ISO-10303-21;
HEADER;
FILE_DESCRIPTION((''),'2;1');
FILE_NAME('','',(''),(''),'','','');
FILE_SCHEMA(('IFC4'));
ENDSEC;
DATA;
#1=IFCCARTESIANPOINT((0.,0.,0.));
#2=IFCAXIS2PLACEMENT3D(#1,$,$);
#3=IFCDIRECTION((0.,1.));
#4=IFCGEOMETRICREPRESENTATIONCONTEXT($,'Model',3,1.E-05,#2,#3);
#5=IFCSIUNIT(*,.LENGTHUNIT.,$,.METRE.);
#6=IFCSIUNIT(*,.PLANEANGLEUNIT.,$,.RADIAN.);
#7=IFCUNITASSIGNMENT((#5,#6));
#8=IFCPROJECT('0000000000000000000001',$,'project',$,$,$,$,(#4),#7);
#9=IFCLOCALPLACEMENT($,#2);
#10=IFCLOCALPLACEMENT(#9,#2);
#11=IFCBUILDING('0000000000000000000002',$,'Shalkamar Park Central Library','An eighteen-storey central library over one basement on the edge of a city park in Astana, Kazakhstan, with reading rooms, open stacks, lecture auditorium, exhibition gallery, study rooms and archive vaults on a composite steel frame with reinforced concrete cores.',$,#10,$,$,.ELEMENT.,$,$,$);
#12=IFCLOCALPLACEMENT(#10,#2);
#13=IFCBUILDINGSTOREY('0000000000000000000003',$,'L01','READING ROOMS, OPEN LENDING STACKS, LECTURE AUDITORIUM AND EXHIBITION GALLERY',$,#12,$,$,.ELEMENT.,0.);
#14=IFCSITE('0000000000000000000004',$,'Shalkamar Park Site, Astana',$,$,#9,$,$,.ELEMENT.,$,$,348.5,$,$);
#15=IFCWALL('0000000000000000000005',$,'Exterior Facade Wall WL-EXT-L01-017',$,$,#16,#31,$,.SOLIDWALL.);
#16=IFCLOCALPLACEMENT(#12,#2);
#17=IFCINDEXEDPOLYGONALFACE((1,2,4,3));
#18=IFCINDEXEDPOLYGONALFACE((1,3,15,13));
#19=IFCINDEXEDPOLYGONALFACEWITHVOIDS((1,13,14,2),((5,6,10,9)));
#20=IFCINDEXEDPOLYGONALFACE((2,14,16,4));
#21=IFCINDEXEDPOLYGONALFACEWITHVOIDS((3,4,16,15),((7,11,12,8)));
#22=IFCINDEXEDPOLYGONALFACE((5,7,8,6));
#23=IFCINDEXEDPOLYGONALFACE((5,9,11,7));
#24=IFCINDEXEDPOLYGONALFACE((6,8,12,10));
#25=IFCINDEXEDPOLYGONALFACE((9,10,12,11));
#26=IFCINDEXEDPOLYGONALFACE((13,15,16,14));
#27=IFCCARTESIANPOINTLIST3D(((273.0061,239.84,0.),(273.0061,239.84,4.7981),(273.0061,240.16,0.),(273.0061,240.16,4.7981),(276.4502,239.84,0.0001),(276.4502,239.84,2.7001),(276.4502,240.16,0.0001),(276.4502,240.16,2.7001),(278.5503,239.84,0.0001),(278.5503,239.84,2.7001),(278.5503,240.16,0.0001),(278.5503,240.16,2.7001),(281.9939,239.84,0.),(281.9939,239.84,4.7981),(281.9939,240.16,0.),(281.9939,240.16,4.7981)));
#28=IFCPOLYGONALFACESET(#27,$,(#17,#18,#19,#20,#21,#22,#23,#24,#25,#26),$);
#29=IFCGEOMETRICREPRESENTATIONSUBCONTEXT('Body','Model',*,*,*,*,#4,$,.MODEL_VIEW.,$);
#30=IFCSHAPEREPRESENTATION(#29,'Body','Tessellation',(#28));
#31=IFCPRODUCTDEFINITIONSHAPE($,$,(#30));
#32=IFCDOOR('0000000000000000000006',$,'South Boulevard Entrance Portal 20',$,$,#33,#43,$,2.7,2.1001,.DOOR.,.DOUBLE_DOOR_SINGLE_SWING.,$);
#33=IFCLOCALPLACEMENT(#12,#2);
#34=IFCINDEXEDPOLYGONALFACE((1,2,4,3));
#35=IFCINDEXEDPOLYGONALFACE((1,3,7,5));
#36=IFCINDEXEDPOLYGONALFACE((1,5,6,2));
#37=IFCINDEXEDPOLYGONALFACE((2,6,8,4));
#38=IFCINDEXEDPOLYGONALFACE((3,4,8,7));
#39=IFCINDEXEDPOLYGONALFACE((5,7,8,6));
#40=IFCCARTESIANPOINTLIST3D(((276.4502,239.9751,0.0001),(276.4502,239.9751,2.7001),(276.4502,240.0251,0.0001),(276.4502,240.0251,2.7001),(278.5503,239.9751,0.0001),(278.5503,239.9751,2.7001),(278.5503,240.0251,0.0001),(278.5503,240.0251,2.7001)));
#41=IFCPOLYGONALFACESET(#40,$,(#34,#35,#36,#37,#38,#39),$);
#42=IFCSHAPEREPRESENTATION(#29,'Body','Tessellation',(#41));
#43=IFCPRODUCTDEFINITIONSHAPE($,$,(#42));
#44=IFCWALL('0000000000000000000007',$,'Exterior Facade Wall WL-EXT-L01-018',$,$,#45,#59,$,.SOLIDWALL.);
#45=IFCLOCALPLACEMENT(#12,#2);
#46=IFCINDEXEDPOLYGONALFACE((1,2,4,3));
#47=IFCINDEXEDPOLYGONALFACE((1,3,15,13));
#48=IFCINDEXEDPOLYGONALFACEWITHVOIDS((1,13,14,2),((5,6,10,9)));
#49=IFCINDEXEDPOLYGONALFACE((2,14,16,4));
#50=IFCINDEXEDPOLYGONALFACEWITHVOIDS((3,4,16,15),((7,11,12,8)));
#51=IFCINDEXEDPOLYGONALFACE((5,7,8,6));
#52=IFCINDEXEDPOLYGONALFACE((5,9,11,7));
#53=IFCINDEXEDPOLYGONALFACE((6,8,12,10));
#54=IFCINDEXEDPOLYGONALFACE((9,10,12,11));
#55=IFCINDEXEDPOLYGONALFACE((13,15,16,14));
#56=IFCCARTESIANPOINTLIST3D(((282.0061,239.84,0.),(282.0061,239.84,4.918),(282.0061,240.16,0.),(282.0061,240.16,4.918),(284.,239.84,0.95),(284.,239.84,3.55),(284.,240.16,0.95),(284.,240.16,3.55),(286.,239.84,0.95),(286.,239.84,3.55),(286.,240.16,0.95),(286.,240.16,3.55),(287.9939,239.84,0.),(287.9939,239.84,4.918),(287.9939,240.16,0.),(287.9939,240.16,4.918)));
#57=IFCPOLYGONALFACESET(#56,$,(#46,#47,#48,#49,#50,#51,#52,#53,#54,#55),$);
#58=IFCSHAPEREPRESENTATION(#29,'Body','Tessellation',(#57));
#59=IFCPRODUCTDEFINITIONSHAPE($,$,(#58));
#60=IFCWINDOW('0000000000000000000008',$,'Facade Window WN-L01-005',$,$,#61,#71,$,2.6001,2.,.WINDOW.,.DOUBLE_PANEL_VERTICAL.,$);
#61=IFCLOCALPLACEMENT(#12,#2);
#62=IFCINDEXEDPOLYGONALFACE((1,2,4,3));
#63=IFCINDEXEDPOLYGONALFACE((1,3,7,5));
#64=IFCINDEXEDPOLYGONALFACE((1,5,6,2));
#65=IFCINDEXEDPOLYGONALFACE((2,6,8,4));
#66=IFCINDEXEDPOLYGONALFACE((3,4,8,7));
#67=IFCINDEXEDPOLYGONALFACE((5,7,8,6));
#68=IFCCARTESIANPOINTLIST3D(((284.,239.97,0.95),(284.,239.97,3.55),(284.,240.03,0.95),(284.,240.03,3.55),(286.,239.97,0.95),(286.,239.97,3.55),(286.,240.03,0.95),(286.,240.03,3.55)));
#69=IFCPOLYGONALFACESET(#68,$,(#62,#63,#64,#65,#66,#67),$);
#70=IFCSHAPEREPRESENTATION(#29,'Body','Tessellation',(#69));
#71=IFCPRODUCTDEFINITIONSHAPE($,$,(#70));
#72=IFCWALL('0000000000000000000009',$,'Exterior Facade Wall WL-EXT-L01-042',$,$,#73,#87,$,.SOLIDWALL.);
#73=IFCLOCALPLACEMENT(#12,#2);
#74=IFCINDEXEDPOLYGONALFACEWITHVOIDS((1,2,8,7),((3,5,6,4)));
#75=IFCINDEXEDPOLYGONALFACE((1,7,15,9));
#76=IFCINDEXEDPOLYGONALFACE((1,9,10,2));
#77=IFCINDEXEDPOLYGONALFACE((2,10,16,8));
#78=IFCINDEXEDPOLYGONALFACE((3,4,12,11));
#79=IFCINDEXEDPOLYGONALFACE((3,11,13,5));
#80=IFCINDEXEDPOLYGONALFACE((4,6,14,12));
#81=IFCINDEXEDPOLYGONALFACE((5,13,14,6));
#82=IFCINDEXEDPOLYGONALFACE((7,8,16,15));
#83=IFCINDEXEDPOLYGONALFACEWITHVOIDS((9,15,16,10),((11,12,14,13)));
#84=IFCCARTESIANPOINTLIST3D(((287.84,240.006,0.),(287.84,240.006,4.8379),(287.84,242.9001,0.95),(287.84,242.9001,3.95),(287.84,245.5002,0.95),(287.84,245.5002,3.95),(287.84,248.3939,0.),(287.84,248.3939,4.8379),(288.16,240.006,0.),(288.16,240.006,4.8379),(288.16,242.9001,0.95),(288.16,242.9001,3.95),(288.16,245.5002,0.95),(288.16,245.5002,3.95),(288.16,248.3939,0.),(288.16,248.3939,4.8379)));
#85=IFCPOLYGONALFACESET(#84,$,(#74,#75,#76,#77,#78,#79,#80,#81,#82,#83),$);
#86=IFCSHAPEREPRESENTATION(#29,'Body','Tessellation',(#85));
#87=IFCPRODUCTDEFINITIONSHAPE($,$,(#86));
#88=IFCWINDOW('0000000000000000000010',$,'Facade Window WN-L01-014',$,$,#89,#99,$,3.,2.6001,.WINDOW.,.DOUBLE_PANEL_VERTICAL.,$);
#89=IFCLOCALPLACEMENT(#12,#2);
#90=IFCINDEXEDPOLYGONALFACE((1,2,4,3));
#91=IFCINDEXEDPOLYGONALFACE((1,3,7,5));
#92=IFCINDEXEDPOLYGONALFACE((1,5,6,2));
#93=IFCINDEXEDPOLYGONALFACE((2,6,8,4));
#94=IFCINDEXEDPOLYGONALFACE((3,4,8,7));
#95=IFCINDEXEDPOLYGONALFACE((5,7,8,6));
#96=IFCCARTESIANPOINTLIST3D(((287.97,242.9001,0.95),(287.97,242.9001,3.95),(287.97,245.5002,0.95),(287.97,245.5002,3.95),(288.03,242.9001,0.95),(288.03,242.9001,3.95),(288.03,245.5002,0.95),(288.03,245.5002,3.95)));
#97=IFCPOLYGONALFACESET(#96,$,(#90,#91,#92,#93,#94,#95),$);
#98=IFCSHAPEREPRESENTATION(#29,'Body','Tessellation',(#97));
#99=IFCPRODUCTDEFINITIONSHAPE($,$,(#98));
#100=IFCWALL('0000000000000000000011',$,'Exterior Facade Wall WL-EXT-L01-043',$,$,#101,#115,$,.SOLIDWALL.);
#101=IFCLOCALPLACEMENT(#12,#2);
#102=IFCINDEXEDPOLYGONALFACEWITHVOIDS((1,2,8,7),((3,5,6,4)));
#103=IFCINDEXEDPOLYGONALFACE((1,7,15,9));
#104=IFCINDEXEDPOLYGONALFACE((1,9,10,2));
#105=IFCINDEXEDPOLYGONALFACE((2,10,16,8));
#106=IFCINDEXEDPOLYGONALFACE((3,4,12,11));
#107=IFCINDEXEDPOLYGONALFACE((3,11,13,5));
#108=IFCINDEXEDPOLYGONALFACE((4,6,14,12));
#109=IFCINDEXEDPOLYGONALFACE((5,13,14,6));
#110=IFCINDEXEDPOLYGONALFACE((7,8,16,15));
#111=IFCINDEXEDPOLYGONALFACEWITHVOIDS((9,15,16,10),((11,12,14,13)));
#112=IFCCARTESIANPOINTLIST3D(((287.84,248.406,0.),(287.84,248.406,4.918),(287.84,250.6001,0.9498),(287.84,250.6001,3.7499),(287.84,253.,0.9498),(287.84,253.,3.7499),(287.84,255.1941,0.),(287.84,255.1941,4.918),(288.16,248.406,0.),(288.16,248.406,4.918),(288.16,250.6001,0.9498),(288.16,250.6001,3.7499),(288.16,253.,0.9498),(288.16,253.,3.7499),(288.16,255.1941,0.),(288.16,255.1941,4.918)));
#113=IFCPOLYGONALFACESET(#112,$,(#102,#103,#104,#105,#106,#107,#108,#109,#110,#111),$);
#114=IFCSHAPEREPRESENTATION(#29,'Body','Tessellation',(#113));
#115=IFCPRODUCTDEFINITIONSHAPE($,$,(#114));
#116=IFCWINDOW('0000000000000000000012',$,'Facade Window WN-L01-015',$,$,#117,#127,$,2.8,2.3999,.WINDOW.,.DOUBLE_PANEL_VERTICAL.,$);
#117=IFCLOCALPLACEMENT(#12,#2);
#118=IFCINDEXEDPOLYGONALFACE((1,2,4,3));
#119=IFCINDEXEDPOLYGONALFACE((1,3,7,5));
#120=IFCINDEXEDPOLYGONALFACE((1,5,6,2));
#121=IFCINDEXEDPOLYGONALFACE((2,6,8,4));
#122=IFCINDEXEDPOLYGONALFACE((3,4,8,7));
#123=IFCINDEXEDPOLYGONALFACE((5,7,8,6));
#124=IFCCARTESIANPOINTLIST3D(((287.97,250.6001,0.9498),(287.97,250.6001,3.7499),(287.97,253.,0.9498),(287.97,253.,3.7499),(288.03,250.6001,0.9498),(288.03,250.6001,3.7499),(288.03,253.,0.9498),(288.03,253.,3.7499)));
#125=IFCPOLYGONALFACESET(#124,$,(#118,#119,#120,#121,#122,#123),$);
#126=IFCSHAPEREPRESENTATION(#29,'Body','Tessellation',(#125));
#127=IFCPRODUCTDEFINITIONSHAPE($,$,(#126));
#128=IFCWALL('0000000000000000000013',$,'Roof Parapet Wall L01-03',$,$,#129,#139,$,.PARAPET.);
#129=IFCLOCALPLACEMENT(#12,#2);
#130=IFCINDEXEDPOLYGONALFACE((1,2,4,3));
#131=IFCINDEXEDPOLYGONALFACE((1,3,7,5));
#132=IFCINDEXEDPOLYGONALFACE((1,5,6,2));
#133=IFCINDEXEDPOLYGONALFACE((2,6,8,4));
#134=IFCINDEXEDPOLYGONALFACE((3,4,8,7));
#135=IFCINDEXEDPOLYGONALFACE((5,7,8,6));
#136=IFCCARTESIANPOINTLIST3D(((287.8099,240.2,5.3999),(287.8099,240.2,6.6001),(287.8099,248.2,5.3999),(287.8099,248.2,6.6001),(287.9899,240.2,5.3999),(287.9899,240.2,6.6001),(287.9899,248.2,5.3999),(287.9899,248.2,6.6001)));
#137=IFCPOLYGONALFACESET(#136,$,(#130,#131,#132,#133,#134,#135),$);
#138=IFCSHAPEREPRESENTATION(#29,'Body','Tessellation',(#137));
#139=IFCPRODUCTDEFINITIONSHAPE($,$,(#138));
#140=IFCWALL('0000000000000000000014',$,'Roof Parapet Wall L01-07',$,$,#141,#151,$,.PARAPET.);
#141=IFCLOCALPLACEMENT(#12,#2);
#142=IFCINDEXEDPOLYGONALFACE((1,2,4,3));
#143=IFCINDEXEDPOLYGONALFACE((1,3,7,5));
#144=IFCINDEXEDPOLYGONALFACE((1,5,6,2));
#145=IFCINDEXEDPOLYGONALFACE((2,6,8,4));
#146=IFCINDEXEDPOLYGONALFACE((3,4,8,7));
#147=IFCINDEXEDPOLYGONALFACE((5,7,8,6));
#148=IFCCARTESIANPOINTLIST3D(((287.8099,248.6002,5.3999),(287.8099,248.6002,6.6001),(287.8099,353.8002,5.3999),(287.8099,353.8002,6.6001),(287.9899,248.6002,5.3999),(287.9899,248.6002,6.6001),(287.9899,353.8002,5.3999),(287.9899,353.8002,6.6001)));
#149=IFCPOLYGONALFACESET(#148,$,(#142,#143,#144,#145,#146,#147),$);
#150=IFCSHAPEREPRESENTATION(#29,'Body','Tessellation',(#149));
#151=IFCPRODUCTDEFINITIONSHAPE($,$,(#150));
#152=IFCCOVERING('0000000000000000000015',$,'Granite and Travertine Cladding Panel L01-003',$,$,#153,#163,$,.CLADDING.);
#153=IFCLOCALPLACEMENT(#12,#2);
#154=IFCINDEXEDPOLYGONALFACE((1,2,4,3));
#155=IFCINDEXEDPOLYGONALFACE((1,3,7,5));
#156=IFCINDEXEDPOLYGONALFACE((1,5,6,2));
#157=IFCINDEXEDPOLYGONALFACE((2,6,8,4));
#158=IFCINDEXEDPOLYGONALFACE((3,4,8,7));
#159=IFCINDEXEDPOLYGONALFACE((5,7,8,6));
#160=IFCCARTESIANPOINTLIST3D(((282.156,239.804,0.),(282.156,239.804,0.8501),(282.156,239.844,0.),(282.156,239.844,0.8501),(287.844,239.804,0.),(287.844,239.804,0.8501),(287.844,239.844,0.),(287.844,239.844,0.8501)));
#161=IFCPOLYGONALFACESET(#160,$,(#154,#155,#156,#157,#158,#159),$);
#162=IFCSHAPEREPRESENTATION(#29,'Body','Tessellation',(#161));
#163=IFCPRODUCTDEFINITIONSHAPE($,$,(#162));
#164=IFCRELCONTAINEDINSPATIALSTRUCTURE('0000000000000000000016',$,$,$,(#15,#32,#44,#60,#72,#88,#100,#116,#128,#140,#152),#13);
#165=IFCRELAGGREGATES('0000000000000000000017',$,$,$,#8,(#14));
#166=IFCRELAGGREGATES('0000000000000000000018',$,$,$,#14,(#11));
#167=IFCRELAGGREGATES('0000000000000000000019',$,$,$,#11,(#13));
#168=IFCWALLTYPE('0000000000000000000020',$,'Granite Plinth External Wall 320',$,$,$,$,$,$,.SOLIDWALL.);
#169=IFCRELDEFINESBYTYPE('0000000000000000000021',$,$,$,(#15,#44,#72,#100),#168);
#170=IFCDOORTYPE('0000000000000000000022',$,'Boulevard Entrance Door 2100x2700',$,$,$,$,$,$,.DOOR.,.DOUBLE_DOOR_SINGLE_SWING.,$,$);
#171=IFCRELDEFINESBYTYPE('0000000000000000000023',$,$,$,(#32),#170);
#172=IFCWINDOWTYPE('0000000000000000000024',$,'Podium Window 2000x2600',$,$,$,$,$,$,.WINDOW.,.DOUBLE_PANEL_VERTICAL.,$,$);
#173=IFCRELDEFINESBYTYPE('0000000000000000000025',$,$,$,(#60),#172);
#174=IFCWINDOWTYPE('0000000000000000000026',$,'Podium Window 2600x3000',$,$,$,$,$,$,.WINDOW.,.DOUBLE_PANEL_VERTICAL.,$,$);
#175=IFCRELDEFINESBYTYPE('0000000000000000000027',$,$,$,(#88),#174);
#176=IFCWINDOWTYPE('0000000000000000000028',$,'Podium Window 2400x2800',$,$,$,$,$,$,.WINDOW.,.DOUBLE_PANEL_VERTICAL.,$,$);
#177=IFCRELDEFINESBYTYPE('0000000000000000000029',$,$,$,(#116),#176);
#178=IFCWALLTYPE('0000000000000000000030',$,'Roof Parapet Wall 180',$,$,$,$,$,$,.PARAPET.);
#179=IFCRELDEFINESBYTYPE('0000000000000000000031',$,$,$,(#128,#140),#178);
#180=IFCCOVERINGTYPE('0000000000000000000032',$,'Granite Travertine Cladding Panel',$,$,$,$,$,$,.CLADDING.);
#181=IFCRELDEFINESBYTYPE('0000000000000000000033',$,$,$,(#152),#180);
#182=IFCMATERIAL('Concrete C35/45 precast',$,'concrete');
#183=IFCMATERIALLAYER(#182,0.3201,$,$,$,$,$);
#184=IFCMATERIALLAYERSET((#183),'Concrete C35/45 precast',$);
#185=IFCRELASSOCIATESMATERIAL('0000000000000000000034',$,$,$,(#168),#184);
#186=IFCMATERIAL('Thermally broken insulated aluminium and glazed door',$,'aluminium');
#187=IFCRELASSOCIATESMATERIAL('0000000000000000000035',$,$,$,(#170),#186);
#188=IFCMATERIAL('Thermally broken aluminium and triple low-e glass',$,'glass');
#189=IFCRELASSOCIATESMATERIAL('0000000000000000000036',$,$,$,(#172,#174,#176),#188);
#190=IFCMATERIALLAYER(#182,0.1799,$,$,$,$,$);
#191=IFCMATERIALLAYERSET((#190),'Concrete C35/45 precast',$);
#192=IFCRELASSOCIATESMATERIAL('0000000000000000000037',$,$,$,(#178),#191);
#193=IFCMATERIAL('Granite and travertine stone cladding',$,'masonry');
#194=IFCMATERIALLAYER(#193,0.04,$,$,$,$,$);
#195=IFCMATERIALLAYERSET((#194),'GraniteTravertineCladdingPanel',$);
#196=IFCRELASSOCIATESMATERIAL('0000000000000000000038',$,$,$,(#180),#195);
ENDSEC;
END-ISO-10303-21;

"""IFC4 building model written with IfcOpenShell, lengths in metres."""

from ifc_helpers import new_model, si_unit, direction, frame, frame_2d, origin, origin_2d, place, context, subcontext, project, spatial, rectangle, extrude, material, layer, layer_set, type_object, element, fill, save


model = new_model("IFC4")

# Units and contexts
model_context = context("Model", 3, precision=1e-05, world=origin(), true_north=direction((0.0, 1.0)))
body_context = subcontext(model_context, "Body", "Model", "MODEL_VIEW")
ifc_project = project(units=[si_unit("LENGTHUNIT", "METRE"), si_unit("PLANEANGLEUNIT", "RADIAN")], contexts=[model_context])

# Site, building, storey
site_placement = place(None, origin())
site = spatial("IfcSite", under=ifc_project, at=site_placement, Name="Shalkamar Park Site, Astana", CompositionType="ELEMENT", RefElevation=348.5)
building_placement = place(site_placement, origin())
building = spatial("IfcBuilding", under=site, at=building_placement, Name="Shalkamar Park Central Library", Description="An eighteen-storey central library over one basement on the edge of a city park in Astana, Kazakhstan, with reading rooms, open stacks, lecture auditorium, exhibition gallery, study rooms and archive vaults on a composite steel frame with reinforced concrete cores.", CompositionType="ELEMENT")
storey_placement = place(building_placement, origin())
storey = spatial("IfcBuildingStorey", under=building, at=storey_placement, Name="L01", Description="READING ROOMS, OPEN LENDING STACKS, LECTURE AUDITORIUM AND EXHIBITION GALLERY", CompositionType="ELEMENT", Elevation=0.0)

# Wall, opening, door
ifc_material_1 = material(Name="Concrete C35/45 precast", Category="concrete")
ifc_layer_1 = layer(ifc_material_1, 0.3201)
ifc_layer_set_1 = layer_set([ifc_layer_1], Name="Concrete C35/45 precast")
wall_type_1 = type_object("IfcWallType", Name="Granite Plinth External Wall 320", PredefinedType="SOLIDWALL", material=ifc_layer_set_1)
wall_1_placement = place(storey_placement, frame((273.0061, 240.0, 0.0), z_axis=(0.0, 0.0, 1.0), x_axis=(1.0, 0.0, 0.0)))
wall_1 = element("IfcWall", 1, at=wall_1_placement, inside=storey, type_object=wall_type_1, Name="Exterior Facade Wall WL-EXT-L01-017", PredefinedType="SOLIDWALL", context=body_context, shape_type="SweptSolid", body=[
    extrude(rectangle(XDim=8.9878, YDim=0.3201, at=frame_2d((4.4939, 0.0))), origin(), (0.0, 0.0, 1.0), 4.7981),
])
opening_1_placement = place(wall_1_placement, frame((3.4441, 0.0, 0.0)))
opening_1 = element("IfcOpeningElement", 2, at=opening_1_placement, cuts=wall_1, PredefinedType="OPENING", context=body_context, shape_type="SweptSolid", body=[
    extrude(rectangle(XDim=2.1001, YDim=2.7, at=frame_2d((1.05, 1.3501))), frame((0.0, 0.1748, 0.0), z_axis=(0.0, -1.0, 0.0), x_axis=(1.0, 0.0, 0.0)), (0.0, 0.0, 1.0), 0.3499),
])
ifc_material_2 = material(Name="Thermally broken insulated aluminium and glazed door", Category="aluminium")
door_type = type_object("IfcDoorType", Name="Boulevard Entrance Door 2100x2700", OperationType="DOUBLE_DOOR_SINGLE_SWING", PredefinedType="DOOR", material=ifc_material_2)
door_placement = place(opening_1_placement, frame((2.1001, 0.0, 0.0), z_axis=(0.0, 0.0, 1.0), x_axis=(-1.0, 0.0, 0.0)))
door = element("IfcDoor", 3, at=door_placement, inside=storey, type_object=door_type, Name="South Boulevard Entrance Portal 20", OperationType="DOUBLE_DOOR_SINGLE_SWING", OverallHeight=2.7, OverallWidth=2.1001, PredefinedType="DOOR", context=body_context, shape_type="SweptSolid", body=[
    extrude(rectangle(XDim=2.1001, YDim=2.7, at=frame_2d((1.05, 1.3501))), frame((0.0, 0.0249, 0.0), z_axis=(0.0, -1.0, 0.0), x_axis=(1.0, 0.0, 0.0)), (0.0, 0.0, 1.0), 0.05),
])
fill(opening_1, door)

# Walls, openings, windows
wall_2_placement = place(storey_placement, frame((282.0061, 240.0, 0.0), z_axis=(0.0, 0.0, 1.0), x_axis=(1.0, 0.0, 0.0)))
wall_2 = element("IfcWall", 4, at=wall_2_placement, inside=storey, type_object=wall_type_1, Name="Exterior Facade Wall WL-EXT-L01-018", PredefinedType="SOLIDWALL", context=body_context, shape_type="SweptSolid", body=[
    extrude(rectangle(XDim=5.9878, YDim=0.3201, at=frame_2d((2.9939, 0.0))), origin(), (0.0, 0.0, 1.0), 4.918),
])
opening_2_placement = place(wall_2_placement, frame((1.9939, 0.0, 0.95)))
opening_2 = element("IfcOpeningElement", 5, at=opening_2_placement, cuts=wall_2, PredefinedType="OPENING", context=body_context, shape_type="SweptSolid", body=[
    extrude(rectangle(XDim=2.0, YDim=2.6001, at=frame_2d((1.0, 1.3))), frame((0.0, 0.1748, 0.0), z_axis=(0.0, -1.0, 0.0), x_axis=(1.0, 0.0, 0.0)), (0.0, 0.0, 1.0), 0.3499),
])
ifc_material_3 = material(Name="Thermally broken aluminium and triple low-e glass", Category="glass")
window_type_1 = type_object("IfcWindowType", Name="Podium Window 2000x2600", PartitioningType="DOUBLE_PANEL_VERTICAL", PredefinedType="WINDOW", material=ifc_material_3)
window_1_placement = place(opening_2_placement, origin())
window_1 = element("IfcWindow", 6, at=window_1_placement, inside=storey, type_object=window_type_1, Name="Facade Window WN-L01-005", OverallHeight=2.6001, OverallWidth=2.0, PartitioningType="DOUBLE_PANEL_VERTICAL", PredefinedType="WINDOW", context=body_context, shape_type="SweptSolid", body=[
    extrude(rectangle(XDim=2.0, YDim=2.6001, at=frame_2d((1.0, 1.3))), frame((0.0, 0.03, 0.0), z_axis=(0.0, -1.0, 0.0), x_axis=(1.0, 0.0, 0.0)), (0.0, 0.0, 1.0), 0.0601),
])
fill(opening_2, window_1)
wall_3_placement = place(storey_placement, frame((288.0, 240.0061, 0.0), z_axis=(0.0, 0.0, 1.0), x_axis=(0.0, 1.0, 0.0)))
wall_3 = element("IfcWall", 7, at=wall_3_placement, inside=storey, type_object=wall_type_1, Name="Exterior Facade Wall WL-EXT-L01-042", PredefinedType="SOLIDWALL", context=body_context, shape_type="SweptSolid", body=[
    extrude(rectangle(XDim=8.3879, YDim=0.3201, at=frame_2d((4.1938, 0.0))), origin(), (0.0, 0.0, 1.0), 4.8379),
])
opening_3_placement = place(wall_3_placement, frame((2.894, 0.0, 0.95)))
opening_3 = element("IfcOpeningElement", 8, at=opening_3_placement, cuts=wall_3, PredefinedType="OPENING", context=body_context, shape_type="SweptSolid", body=[
    extrude(rectangle(XDim=2.6001, YDim=3.0, at=frame_2d((1.3, 1.5))), frame((0.0, 0.1748, 0.0), z_axis=(0.0, -1.0, 0.0), x_axis=(1.0, 0.0, 0.0)), (0.0, 0.0, 1.0), 0.3499),
])
window_type_2 = type_object("IfcWindowType", Name="Podium Window 2600x3000", PartitioningType="DOUBLE_PANEL_VERTICAL", PredefinedType="WINDOW", material=ifc_material_3)
window_2_placement = place(opening_3_placement, origin())
window_2 = element("IfcWindow", 9, at=window_2_placement, inside=storey, type_object=window_type_2, Name="Facade Window WN-L01-014", OverallHeight=3.0, OverallWidth=2.6001, PartitioningType="DOUBLE_PANEL_VERTICAL", PredefinedType="WINDOW", context=body_context, shape_type="SweptSolid", body=[
    extrude(rectangle(XDim=2.6001, YDim=3.0, at=frame_2d((1.3, 1.5))), frame((0.0, 0.03, 0.0), z_axis=(0.0, -1.0, 0.0), x_axis=(1.0, 0.0, 0.0)), (0.0, 0.0, 1.0), 0.0601),
])
fill(opening_3, window_2)
wall_4_placement = place(storey_placement, frame((288.0, 248.406, 0.0), z_axis=(0.0, 0.0, 1.0), x_axis=(0.0, 1.0, 0.0)))
wall_4 = element("IfcWall", 10, at=wall_4_placement, inside=storey, type_object=wall_type_1, Name="Exterior Facade Wall WL-EXT-L01-043", PredefinedType="SOLIDWALL", context=body_context, shape_type="SweptSolid", body=[
    extrude(rectangle(XDim=6.7881, YDim=0.3201, at=frame_2d((3.394, 0.0))), origin(), (0.0, 0.0, 1.0), 4.918),
])
opening_4_placement = place(wall_4_placement, frame((2.1941, 0.0, 0.95)))
opening_4 = element("IfcOpeningElement", 11, at=opening_4_placement, cuts=wall_4, PredefinedType="OPENING", context=body_context, shape_type="SweptSolid", body=[
    extrude(rectangle(XDim=2.3999, YDim=2.8, at=frame_2d((1.2, 1.3999))), frame((0.0, 0.1748, 0.0), z_axis=(0.0, -1.0, 0.0), x_axis=(1.0, 0.0, 0.0)), (0.0, 0.0, 1.0), 0.3499),
])
window_type_3 = type_object("IfcWindowType", Name="Podium Window 2400x2800", PartitioningType="DOUBLE_PANEL_VERTICAL", PredefinedType="WINDOW", material=ifc_material_3)
window_3_placement = place(opening_4_placement, origin())
window_3 = element("IfcWindow", 12, at=window_3_placement, inside=storey, type_object=window_type_3, Name="Facade Window WN-L01-015", OverallHeight=2.8, OverallWidth=2.3999, PartitioningType="DOUBLE_PANEL_VERTICAL", PredefinedType="WINDOW", context=body_context, shape_type="SweptSolid", body=[
    extrude(rectangle(XDim=2.3999, YDim=2.8, at=frame_2d((1.2, 1.3999))), frame((0.0, 0.03, 0.0), z_axis=(0.0, -1.0, 0.0), x_axis=(1.0, 0.0, 0.0)), (0.0, 0.0, 1.0), 0.0601),
])
fill(opening_4, window_3)

# Walls
ifc_layer_2 = layer(ifc_material_1, 0.1799)
ifc_layer_set_2 = layer_set([ifc_layer_2], Name="Concrete C35/45 precast")
wall_type_2 = type_object("IfcWallType", Name="Roof Parapet Wall 180", PredefinedType="PARAPET", material=ifc_layer_set_2)
wall_5_placement = place(storey_placement, frame((287.8999, 240.2, 5.3999), z_axis=(0.0, 0.0, 1.0), x_axis=(0.0, 1.0, 0.0)))
element("IfcWall", 13, at=wall_5_placement, inside=storey, type_object=wall_type_2, Name="Roof Parapet Wall L01-03", PredefinedType="PARAPET", context=body_context, shape_type="SweptSolid", body=[
    extrude(rectangle(XDim=8.0, YDim=0.1799, at=frame_2d((4.0, 0.0))), origin(), (0.0, 0.0, 1.0), 1.2002),
])
wall_6_placement = place(storey_placement, frame((287.8999, 248.6001, 5.3999), z_axis=(0.0, 0.0, 1.0), x_axis=(0.0, 1.0, 0.0)))
element("IfcWall", 14, at=wall_6_placement, inside=storey, type_object=wall_type_2, Name="Roof Parapet Wall L01-07", PredefinedType="PARAPET", context=body_context, shape_type="SweptSolid", body=[
    extrude(rectangle(XDim=105.2, YDim=0.1799, at=frame_2d((52.6001, 0.0))), origin(), (0.0, 0.0, 1.0), 1.2002),
])

# Covering
ifc_material_4 = material(Name="Granite and travertine stone cladding", Category="masonry")
ifc_layer_3 = layer(ifc_material_4, 0.04)
ifc_layer_set_3 = layer_set([ifc_layer_3], Name="GraniteTravertineCladdingPanel")
covering_type = type_object("IfcCoveringType", Name="Granite Travertine Cladding Panel", PredefinedType="CLADDING", material=ifc_layer_set_3)
covering_1_placement = place(storey_placement, frame((285.0, 239.824, 0.0), z_axis=(0.0, 0.0, 1.0), x_axis=(1.0, 0.0, 0.0)))
element("IfcCovering", 15, at=covering_1_placement, inside=storey, type_object=covering_type, Name="Granite and Travertine Cladding Panel L01-003", PredefinedType="CLADDING", context=body_context, shape_type="SweptSolid", body=[
    extrude(rectangle(XDim=5.688, YDim=0.04, at=origin_2d()), origin(), (0.0, 0.0, 1.0), 0.8501),
])

save(model, "model.ifc")
